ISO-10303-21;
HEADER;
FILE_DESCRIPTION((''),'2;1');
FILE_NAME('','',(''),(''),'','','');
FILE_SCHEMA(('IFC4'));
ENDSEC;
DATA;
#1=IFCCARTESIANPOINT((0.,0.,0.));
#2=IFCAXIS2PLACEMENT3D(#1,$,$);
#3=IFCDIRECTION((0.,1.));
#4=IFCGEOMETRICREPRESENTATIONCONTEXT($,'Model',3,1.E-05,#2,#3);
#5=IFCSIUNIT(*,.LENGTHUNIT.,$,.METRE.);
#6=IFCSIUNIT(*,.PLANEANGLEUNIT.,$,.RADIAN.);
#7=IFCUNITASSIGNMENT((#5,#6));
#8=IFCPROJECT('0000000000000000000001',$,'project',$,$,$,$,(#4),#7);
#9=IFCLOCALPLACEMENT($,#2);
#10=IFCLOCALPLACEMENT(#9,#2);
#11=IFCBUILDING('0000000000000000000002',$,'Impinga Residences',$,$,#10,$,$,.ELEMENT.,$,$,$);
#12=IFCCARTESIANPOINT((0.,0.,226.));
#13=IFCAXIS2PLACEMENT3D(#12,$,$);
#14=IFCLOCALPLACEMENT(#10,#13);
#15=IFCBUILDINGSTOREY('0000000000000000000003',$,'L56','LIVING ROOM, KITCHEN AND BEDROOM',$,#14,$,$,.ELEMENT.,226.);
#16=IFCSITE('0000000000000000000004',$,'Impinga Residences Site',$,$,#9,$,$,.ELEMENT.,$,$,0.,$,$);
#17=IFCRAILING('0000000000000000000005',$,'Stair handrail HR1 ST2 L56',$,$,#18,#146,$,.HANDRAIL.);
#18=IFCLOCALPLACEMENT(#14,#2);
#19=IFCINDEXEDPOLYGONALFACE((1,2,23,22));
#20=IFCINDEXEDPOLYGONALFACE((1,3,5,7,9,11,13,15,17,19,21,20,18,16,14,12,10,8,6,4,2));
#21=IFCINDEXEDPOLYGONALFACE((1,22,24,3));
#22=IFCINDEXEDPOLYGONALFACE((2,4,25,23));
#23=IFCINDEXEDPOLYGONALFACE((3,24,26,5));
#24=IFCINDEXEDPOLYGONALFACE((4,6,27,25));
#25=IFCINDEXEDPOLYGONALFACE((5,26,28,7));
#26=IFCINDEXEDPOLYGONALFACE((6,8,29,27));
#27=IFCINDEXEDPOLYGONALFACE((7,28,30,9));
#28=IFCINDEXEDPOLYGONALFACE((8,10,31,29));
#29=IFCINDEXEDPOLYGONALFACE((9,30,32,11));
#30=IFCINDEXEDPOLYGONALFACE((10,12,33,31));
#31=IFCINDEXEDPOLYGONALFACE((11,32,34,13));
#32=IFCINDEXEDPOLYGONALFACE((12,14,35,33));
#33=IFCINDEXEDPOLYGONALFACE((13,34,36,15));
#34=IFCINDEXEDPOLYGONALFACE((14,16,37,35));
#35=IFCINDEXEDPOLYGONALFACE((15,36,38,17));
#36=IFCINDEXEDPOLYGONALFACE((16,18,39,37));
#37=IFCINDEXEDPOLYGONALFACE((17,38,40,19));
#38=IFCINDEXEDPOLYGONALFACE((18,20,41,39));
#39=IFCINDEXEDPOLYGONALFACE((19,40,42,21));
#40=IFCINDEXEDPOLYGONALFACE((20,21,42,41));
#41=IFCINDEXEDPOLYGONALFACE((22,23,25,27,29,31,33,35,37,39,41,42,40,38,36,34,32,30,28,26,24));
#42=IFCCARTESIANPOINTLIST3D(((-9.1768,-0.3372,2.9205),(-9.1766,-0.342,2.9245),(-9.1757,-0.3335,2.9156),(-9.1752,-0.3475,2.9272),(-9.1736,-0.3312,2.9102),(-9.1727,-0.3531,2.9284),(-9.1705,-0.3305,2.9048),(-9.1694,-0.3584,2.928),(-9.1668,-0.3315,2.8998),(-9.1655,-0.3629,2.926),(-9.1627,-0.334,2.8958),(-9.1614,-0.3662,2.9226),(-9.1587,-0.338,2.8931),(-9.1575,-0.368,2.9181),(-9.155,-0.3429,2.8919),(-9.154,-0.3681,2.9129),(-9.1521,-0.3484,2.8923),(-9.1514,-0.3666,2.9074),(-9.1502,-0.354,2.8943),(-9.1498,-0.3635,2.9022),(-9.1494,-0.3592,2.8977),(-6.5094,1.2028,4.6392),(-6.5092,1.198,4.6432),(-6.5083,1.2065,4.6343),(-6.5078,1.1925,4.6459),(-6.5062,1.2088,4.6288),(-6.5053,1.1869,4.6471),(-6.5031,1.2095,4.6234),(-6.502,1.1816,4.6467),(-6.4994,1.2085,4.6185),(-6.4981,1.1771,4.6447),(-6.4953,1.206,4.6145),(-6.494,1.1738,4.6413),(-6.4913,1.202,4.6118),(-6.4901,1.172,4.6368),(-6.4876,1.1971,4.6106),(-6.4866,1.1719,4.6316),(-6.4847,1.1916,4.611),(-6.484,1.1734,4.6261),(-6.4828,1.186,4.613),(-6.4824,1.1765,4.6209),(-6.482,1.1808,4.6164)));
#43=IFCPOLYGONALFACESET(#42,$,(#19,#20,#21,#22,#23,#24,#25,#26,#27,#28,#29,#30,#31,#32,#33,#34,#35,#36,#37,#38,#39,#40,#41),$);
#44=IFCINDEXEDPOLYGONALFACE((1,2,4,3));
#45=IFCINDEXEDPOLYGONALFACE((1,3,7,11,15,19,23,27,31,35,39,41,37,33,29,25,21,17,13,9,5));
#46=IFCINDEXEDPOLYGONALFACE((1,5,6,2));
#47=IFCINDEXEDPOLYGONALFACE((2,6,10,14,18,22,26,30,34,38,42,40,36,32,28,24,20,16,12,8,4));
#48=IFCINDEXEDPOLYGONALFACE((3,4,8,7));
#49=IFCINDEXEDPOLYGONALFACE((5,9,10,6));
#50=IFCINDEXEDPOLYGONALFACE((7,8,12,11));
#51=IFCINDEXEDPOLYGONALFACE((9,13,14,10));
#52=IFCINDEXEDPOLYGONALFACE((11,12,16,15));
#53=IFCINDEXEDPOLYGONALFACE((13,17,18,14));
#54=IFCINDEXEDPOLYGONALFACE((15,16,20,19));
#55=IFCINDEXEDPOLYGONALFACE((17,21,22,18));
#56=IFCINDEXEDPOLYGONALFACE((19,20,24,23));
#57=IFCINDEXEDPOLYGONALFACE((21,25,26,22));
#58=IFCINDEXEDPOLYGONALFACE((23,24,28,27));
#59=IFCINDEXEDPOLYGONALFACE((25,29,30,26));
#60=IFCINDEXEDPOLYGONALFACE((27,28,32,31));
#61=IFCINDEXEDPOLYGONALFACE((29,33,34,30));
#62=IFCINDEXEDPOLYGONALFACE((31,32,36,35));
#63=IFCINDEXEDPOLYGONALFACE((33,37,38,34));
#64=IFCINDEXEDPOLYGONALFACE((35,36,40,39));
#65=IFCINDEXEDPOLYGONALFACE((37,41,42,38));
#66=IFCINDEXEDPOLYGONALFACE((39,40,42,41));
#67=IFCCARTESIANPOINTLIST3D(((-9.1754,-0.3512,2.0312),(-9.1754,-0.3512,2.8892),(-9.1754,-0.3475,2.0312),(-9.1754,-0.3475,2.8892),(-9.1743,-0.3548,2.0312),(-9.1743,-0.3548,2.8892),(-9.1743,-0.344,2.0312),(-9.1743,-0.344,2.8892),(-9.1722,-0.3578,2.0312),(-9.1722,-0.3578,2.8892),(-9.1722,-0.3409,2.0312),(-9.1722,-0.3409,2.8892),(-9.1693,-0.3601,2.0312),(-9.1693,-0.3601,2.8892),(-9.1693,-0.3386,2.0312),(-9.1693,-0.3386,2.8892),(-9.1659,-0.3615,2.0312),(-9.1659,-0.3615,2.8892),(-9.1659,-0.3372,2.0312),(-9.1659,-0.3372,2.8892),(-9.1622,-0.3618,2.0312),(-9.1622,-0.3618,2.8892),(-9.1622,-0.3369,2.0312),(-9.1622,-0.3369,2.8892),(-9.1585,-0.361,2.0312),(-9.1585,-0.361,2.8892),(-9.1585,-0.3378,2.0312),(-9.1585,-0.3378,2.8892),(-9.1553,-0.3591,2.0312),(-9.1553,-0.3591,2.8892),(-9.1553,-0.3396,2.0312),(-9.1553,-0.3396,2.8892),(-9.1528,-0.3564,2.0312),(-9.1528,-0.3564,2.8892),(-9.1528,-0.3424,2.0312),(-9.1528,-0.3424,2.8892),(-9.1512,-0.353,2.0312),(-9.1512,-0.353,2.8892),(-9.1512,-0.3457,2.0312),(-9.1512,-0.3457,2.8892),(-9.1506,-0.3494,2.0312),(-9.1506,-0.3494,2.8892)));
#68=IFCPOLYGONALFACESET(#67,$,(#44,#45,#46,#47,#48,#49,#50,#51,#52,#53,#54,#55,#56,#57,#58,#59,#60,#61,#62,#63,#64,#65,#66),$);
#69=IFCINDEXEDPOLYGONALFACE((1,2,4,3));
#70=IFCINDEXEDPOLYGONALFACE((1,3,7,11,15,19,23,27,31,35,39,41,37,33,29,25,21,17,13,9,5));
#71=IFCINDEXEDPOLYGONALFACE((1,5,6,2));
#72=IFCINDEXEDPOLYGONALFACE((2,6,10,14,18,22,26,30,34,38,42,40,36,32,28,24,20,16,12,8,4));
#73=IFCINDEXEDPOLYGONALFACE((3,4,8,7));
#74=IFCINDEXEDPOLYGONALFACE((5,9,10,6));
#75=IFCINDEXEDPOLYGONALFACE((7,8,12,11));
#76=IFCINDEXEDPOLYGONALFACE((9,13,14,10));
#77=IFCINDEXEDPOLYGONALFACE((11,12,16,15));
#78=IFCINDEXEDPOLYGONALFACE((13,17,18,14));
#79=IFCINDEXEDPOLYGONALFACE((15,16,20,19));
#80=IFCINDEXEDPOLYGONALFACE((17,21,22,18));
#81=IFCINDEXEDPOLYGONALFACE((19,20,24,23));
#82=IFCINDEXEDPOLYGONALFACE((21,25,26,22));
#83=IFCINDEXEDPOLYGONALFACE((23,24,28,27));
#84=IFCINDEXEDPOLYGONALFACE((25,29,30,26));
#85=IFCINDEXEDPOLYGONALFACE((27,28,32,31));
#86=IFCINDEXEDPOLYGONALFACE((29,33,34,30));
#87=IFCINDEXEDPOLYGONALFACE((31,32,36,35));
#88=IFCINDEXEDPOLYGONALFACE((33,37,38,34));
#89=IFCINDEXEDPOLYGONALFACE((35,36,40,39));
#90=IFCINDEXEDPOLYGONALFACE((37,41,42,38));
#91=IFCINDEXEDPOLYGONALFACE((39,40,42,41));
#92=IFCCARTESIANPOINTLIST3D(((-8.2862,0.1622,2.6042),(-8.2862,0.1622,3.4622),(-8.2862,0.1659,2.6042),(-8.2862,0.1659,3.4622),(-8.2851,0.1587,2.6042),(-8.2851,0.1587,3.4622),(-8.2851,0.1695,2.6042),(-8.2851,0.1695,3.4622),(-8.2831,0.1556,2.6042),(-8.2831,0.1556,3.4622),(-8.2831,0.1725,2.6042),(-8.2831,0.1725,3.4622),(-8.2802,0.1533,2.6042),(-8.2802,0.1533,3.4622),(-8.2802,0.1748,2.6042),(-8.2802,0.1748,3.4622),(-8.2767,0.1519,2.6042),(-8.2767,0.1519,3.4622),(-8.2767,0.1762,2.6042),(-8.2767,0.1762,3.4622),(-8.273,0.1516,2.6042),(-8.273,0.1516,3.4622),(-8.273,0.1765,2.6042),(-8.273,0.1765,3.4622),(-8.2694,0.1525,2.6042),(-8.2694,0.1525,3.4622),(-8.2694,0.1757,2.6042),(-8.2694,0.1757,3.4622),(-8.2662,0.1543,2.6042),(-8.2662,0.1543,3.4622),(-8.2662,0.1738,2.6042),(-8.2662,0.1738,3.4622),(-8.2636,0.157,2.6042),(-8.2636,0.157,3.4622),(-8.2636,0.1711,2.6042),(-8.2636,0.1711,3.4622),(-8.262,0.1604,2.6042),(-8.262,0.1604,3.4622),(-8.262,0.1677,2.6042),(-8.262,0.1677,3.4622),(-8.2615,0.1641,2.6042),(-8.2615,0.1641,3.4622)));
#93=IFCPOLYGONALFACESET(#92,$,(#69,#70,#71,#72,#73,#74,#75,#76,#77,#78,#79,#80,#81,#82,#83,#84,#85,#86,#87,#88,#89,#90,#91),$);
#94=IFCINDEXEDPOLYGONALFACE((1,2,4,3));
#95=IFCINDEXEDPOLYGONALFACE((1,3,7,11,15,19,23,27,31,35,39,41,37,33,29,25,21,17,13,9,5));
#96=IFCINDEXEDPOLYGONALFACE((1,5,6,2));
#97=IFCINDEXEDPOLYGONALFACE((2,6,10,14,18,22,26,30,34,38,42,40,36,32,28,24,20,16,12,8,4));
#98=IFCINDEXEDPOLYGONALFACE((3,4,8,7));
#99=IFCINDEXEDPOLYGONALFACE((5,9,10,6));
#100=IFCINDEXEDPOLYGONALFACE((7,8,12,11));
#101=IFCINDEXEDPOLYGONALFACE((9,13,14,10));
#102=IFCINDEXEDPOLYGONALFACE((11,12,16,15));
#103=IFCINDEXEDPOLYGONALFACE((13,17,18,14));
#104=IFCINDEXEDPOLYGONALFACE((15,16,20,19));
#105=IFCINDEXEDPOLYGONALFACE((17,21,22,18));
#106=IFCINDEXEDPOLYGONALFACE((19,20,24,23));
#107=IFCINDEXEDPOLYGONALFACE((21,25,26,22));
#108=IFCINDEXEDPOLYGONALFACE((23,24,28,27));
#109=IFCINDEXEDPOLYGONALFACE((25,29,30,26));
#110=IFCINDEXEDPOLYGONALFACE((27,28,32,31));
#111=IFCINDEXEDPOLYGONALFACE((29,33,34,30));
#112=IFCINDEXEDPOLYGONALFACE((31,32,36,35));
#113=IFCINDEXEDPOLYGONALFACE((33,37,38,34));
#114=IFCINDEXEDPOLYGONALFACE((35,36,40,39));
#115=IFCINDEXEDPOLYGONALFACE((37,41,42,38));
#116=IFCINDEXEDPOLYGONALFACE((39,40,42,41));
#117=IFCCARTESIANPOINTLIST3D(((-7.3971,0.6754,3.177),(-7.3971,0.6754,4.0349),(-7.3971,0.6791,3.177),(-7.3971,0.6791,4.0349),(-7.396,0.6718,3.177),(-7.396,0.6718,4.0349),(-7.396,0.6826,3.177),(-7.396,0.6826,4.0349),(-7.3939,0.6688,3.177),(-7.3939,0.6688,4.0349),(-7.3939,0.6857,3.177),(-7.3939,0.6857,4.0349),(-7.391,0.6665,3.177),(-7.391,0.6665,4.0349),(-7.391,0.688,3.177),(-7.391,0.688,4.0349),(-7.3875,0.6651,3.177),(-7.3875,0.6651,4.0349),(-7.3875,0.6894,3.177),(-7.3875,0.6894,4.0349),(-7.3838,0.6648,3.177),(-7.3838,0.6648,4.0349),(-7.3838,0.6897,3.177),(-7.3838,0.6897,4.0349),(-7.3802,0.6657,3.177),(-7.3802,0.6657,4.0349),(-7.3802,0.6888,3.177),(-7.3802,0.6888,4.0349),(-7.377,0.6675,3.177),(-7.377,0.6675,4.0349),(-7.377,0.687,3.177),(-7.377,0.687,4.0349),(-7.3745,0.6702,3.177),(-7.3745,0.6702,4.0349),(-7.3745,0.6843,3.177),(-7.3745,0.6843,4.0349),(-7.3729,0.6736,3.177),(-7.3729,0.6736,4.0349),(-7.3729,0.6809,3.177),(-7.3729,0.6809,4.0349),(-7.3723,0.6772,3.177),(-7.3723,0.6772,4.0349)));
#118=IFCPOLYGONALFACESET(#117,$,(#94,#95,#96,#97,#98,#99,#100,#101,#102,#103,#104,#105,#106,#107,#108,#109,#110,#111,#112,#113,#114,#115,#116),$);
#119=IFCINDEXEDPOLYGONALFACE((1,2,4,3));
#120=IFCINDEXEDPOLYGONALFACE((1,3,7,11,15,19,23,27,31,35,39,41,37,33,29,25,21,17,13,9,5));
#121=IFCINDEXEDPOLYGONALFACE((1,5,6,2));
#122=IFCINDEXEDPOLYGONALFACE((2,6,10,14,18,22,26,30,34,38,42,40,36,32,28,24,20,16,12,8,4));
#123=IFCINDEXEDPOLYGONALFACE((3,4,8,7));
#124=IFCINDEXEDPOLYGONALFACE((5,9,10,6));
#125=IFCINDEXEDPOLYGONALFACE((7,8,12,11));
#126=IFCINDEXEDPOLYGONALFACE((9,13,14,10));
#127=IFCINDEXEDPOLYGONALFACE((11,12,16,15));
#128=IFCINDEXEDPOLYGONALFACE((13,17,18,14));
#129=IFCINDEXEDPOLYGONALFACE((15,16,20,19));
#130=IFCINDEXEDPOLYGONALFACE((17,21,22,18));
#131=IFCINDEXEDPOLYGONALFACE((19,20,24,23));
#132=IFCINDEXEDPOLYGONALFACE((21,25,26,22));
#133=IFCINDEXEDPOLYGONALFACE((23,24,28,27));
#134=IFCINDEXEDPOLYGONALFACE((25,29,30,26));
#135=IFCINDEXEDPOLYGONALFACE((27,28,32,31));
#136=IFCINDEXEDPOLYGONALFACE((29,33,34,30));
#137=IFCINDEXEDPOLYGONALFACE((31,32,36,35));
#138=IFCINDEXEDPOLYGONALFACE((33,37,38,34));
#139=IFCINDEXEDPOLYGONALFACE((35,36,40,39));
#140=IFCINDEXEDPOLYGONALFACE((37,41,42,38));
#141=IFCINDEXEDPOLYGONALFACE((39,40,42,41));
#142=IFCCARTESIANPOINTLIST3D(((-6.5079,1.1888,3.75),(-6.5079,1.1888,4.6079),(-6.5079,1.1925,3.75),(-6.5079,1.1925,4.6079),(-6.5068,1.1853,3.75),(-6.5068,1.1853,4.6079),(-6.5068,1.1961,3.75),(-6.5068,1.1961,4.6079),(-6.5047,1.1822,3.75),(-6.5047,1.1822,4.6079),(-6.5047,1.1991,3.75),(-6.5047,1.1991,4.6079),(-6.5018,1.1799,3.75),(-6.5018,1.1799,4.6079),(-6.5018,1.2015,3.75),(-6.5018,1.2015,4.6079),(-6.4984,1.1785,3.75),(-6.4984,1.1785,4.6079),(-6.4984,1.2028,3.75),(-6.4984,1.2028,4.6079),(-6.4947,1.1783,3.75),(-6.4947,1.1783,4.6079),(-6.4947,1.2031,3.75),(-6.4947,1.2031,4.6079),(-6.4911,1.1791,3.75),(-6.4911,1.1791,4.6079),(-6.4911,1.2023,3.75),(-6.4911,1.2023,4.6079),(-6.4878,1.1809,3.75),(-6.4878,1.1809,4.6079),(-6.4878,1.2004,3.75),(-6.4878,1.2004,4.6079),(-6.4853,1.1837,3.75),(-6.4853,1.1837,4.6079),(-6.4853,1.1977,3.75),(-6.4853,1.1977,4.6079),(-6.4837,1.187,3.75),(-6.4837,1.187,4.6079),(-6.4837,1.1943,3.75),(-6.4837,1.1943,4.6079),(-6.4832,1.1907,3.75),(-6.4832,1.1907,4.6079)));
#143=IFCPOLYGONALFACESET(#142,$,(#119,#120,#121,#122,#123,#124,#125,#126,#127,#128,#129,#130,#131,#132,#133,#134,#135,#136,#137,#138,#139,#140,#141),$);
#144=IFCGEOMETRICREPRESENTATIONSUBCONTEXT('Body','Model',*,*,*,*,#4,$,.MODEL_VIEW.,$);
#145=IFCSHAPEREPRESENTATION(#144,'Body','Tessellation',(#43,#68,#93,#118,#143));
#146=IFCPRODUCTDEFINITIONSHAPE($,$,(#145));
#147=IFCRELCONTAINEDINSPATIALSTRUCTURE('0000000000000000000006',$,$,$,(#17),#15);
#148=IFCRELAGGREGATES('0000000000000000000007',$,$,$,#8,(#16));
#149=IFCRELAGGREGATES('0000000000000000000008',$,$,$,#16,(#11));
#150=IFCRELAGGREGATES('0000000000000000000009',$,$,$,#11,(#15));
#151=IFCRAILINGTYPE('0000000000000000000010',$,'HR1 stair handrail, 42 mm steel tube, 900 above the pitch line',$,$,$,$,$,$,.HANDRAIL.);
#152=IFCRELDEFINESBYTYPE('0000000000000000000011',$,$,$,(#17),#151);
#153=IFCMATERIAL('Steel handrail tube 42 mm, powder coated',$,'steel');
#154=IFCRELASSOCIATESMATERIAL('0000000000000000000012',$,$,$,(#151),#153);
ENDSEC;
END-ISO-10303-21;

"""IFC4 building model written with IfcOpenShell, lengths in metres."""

from ifc_helpers import new_model, si_unit, direction, frame, origin, origin_2d, place, context, subcontext, project, spatial, circle, extrude, material, type_object, element, save


model = new_model("IFC4")

# Units and contexts
model_context = context("Model", 3, precision=1e-05, world=origin(), true_north=direction((0.0, 1.0)))
body_context = subcontext(model_context, "Body", "Model", "MODEL_VIEW")
ifc_project = project(units=[si_unit("LENGTHUNIT", "METRE"), si_unit("PLANEANGLEUNIT", "RADIAN")], contexts=[model_context])

# Site, building, storey
site_placement = place(None, origin())
site = spatial("IfcSite", under=ifc_project, at=site_placement, Name="Impinga Residences Site", CompositionType="ELEMENT", RefElevation=0.0)
building_placement = place(site_placement, origin())
building = spatial("IfcBuilding", under=site, at=building_placement, Name="Impinga Residences", CompositionType="ELEMENT")
storey_placement = place(building_placement, frame((0.0, 0.0, 226.0)))
storey = spatial("IfcBuildingStorey", under=building, at=storey_placement, Name="L56", Description="LIVING ROOM, KITCHEN AND BEDROOM", CompositionType="ELEMENT", Elevation=226.0)

# Railing
ifc_material_1 = material(Name="Steel handrail tube 42 mm, powder coated", Category="steel")
railing_type_1 = type_object("IfcRailingType", Name="HR1 stair handrail, 42 mm steel tube, 900 above the pitch line", PredefinedType="HANDRAIL", material=ifc_material_1)
railing_1_placement = place(storey_placement, frame((-9.1631, -0.3494, 2.0312)))
element("IfcRailing", 1, at=railing_1_placement, inside=storey, type_object=railing_type_1, Name="Stair handrail HR1 ST2 L56", PredefinedType="HANDRAIL", context=body_context, shape_type="SweptSolid", body=[
    extrude(circle(Radius=0.021, at=origin_2d()), frame((0.0, 0.0, 0.8789), z_axis=(0.756256, 0.436616, 0.487282), x_axis=(-0.499992, 0.86603, 0.0)), (0.0, 0.0, 1.0), 3.5271),
    extrude(circle(Radius=0.0125, at=origin_2d()), origin(), (0.0, 0.0, 1.0), 0.8579),
    extrude(circle(Radius=0.0125, at=origin_2d()), frame((0.8892, 0.5134, 0.573)), (0.0, 0.0, 1.0), 0.8579),
    extrude(circle(Radius=0.0125, at=origin_2d()), frame((1.7783, 1.0266, 1.1458)), (0.0, 0.0, 1.0), 0.8579),
    extrude(circle(Radius=0.0125, at=origin_2d()), frame((2.6675, 1.54, 1.7188)), (0.0, 0.0, 1.0), 0.8579),
])

save(model, "model.ifc")
